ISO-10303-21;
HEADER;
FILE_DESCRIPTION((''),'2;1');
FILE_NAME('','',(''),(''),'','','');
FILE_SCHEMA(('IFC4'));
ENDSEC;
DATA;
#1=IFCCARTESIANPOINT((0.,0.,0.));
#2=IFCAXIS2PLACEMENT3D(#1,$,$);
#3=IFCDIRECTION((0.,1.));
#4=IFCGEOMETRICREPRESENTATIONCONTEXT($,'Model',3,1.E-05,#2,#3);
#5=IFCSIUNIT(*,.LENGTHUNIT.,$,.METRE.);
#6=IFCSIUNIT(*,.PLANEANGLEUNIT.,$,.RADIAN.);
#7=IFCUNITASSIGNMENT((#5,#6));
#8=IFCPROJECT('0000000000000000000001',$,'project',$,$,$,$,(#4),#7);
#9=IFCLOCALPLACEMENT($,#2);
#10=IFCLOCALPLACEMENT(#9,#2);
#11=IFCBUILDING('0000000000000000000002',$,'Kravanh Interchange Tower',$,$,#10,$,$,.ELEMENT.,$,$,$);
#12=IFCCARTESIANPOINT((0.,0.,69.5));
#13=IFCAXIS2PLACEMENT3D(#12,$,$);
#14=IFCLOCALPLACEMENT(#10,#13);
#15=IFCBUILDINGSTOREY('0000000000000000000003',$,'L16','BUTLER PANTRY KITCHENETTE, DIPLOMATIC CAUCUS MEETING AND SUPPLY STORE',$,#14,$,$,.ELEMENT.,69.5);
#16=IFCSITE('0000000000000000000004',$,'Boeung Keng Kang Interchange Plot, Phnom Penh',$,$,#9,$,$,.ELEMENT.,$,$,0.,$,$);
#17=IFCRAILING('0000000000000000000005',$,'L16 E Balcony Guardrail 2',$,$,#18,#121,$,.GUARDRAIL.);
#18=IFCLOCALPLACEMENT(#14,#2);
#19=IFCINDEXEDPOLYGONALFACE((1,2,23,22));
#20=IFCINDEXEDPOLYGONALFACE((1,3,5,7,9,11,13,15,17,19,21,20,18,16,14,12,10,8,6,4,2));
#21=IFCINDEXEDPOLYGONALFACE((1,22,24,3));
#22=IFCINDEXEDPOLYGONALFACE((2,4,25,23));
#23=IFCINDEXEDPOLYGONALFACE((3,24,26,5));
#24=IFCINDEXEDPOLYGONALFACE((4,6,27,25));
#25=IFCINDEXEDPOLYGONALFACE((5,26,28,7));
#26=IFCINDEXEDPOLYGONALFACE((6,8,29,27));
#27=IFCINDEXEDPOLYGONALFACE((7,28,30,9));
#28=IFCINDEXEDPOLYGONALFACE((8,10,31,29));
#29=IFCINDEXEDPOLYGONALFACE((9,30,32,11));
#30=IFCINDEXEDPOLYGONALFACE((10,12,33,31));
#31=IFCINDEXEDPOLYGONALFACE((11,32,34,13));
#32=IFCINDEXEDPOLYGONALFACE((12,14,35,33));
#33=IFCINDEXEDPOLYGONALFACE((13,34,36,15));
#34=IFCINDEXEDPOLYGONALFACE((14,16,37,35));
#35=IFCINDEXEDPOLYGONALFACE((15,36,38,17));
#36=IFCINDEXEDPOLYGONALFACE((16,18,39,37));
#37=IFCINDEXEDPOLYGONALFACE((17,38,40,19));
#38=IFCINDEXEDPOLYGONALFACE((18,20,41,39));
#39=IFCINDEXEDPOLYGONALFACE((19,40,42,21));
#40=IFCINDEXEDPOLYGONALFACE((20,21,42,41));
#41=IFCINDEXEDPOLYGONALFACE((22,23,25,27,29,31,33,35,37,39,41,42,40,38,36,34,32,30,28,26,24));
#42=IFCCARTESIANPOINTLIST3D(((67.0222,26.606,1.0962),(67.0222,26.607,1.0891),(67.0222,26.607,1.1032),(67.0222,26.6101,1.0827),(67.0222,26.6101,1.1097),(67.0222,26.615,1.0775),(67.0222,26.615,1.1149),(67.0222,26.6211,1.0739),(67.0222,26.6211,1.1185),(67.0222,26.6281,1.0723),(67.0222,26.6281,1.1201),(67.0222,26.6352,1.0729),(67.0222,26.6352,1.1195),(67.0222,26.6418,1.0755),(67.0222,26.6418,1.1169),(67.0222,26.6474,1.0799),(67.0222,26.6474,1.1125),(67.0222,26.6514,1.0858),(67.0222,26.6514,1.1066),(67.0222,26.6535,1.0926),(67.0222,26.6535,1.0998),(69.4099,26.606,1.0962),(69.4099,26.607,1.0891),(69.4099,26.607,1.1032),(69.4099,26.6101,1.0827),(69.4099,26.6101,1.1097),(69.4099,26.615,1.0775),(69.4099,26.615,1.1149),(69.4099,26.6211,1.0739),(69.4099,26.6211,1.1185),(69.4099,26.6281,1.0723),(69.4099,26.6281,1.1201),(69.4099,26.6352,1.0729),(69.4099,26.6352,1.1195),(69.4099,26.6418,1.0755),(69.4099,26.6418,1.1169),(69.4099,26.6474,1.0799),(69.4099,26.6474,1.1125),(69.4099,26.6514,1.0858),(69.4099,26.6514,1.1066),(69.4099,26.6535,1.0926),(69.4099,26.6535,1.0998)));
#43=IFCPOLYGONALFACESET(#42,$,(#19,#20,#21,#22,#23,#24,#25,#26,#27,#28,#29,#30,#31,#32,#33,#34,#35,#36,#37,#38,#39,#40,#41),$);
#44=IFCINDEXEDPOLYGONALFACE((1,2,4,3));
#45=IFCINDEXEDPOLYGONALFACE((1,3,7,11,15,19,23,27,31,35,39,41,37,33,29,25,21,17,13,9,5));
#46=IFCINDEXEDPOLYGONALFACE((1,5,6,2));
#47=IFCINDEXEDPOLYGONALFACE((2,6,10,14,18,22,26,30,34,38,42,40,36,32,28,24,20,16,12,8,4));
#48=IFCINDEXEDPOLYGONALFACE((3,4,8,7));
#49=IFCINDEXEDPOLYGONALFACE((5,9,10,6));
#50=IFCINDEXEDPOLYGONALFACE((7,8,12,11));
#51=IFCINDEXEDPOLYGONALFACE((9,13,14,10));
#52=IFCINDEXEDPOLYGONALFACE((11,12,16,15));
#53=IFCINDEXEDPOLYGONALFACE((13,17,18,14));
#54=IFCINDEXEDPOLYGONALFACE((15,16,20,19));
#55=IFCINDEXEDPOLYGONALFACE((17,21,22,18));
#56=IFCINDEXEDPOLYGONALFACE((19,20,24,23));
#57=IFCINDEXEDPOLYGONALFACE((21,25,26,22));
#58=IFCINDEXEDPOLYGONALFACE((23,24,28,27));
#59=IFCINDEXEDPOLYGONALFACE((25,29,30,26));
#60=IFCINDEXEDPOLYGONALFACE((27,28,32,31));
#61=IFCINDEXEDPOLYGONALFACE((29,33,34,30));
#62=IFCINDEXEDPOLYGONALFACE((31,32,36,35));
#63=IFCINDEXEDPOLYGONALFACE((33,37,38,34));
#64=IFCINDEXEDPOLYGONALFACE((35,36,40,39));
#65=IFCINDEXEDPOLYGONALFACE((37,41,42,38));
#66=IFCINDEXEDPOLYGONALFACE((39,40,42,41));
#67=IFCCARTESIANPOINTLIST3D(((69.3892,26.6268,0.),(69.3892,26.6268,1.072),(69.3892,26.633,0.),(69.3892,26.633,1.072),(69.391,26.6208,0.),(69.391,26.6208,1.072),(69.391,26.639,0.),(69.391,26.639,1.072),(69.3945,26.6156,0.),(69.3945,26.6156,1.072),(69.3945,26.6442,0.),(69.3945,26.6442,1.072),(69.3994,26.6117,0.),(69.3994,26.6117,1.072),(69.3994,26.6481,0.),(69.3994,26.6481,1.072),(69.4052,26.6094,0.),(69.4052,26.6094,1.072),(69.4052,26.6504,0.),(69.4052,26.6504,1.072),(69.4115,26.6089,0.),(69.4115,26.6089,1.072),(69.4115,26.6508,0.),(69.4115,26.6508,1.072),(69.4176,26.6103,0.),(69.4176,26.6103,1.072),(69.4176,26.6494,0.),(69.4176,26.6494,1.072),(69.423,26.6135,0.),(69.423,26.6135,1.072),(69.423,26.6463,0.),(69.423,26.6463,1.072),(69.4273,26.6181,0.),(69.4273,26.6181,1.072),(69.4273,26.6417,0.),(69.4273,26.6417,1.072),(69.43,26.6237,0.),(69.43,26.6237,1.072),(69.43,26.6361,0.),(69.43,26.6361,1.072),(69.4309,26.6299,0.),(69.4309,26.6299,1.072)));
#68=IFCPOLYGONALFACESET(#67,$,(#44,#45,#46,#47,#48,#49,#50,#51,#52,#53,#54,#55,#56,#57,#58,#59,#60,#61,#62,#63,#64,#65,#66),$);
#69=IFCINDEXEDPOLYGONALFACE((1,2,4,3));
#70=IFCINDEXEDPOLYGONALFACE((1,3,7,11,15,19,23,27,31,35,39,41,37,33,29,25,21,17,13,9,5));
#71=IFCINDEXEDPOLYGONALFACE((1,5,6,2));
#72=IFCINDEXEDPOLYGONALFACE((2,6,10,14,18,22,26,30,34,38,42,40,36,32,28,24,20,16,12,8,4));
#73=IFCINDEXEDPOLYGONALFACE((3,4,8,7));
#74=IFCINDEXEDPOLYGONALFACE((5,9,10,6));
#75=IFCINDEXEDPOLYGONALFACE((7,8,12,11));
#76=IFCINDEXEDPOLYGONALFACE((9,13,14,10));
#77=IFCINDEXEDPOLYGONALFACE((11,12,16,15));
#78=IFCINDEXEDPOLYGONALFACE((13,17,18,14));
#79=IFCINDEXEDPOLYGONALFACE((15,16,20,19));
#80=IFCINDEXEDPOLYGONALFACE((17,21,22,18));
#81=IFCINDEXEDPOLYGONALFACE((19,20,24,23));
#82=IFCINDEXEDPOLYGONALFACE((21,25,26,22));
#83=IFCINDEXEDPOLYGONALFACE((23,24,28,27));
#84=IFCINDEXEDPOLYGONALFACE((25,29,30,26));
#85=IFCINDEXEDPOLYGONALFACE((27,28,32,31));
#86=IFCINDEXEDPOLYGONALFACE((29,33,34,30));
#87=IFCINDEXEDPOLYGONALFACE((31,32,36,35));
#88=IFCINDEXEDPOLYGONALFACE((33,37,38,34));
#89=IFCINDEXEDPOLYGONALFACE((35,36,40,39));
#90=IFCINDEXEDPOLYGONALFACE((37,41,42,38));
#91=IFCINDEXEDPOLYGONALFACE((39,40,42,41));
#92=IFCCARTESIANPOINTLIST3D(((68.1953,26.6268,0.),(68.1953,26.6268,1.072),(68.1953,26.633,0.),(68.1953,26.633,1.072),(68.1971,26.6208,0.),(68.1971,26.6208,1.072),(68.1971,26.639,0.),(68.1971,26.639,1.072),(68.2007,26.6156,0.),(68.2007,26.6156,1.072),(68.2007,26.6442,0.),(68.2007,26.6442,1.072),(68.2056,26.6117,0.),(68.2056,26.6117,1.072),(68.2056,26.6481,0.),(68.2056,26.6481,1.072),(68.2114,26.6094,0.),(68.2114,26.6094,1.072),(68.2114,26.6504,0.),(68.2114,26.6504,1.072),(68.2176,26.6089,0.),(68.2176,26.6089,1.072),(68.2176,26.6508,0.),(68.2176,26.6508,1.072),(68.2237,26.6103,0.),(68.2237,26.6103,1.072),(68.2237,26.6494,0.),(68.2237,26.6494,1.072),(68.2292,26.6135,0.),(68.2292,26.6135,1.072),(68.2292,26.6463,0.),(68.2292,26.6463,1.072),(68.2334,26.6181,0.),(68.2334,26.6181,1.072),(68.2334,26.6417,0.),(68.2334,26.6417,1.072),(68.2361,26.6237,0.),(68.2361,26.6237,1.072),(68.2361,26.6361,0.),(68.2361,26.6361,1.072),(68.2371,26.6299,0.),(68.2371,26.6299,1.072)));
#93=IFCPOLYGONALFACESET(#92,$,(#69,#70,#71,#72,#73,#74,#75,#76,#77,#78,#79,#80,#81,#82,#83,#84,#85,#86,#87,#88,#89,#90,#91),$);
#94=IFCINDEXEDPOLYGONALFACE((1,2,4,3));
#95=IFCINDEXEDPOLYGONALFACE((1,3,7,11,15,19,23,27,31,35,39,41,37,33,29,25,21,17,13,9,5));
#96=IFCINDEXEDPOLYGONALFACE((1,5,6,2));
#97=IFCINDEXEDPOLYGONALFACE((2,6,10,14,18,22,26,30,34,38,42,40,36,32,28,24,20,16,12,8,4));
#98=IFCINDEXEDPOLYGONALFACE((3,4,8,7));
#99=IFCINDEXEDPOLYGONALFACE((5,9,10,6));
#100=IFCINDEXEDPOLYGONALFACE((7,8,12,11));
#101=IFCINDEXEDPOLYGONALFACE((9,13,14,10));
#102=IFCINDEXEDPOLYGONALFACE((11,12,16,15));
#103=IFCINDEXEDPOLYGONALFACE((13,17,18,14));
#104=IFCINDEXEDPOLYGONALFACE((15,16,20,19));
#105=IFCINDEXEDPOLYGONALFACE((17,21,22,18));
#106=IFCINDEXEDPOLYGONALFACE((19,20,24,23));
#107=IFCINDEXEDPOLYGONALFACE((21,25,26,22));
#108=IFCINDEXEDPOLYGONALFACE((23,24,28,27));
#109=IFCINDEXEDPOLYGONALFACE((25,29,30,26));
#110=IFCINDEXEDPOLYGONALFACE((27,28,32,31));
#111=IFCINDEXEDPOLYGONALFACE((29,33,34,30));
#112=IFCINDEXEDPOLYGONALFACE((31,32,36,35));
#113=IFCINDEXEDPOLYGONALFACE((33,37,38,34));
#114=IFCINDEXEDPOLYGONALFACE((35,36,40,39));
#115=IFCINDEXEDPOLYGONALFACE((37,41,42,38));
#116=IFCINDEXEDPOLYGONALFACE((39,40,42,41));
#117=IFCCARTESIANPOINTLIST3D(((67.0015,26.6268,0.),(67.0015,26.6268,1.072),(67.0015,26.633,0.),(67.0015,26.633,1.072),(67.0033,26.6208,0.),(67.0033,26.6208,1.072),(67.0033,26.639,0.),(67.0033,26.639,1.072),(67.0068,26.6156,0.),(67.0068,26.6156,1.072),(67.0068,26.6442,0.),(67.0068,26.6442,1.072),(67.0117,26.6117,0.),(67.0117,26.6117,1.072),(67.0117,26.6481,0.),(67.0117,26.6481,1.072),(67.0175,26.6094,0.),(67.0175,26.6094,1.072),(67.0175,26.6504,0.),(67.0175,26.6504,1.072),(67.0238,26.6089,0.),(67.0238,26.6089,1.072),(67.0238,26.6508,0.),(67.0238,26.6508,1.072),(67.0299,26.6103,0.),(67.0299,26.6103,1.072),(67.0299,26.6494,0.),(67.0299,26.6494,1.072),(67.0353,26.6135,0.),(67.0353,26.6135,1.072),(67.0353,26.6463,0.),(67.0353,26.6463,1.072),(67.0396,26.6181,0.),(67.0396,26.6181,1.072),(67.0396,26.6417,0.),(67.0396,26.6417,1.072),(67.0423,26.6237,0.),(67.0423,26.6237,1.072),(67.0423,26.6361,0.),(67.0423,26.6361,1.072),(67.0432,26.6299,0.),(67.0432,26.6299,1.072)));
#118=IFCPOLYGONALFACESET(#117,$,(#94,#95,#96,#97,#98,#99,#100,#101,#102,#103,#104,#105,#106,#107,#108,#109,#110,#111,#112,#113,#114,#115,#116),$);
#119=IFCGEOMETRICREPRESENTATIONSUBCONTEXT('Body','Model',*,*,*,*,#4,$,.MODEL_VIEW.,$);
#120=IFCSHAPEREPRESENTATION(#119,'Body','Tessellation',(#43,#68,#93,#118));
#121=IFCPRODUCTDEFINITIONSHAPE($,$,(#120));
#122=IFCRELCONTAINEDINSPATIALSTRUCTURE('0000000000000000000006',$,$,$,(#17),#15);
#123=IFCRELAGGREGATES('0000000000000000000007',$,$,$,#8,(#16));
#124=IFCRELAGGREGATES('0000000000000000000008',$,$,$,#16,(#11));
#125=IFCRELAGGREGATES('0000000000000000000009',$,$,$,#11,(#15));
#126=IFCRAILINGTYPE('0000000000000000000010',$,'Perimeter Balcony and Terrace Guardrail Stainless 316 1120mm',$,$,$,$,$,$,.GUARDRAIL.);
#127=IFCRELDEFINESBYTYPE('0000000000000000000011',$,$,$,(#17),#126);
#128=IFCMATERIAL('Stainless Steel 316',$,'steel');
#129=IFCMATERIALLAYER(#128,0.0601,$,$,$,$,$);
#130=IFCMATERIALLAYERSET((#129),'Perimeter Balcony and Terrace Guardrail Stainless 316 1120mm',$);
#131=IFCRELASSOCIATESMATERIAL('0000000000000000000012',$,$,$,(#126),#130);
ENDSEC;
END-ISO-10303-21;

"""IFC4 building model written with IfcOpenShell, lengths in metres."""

from ifc_helpers import new_model, si_unit, direction, frame, origin, origin_2d, place, context, subcontext, project, spatial, circle, extrude, material, layer, layer_set, type_object, element, save


model = new_model("IFC4")

# Units and contexts
model_context = context("Model", 3, precision=1e-05, world=origin(), true_north=direction((0.0, 1.0)))
body_context = subcontext(model_context, "Body", "Model", "MODEL_VIEW")
ifc_project = project(units=[si_unit("LENGTHUNIT", "METRE"), si_unit("PLANEANGLEUNIT", "RADIAN")], contexts=[model_context])

# Site, building, storey
site_placement = place(None, origin())
site = spatial("IfcSite", under=ifc_project, at=site_placement, Name="Boeung Keng Kang Interchange Plot, Phnom Penh", CompositionType="ELEMENT", RefElevation=0.0)
building_placement = place(site_placement, origin())
building = spatial("IfcBuilding", under=site, at=building_placement, Name="Kravanh Interchange Tower", CompositionType="ELEMENT")
storey_placement = place(building_placement, frame((0.0, 0.0, 69.5)))
storey = spatial("IfcBuildingStorey", under=building, at=storey_placement, Name="L16", Description="BUTLER PANTRY KITCHENETTE, DIPLOMATIC CAUCUS MEETING AND SUPPLY STORE", CompositionType="ELEMENT", Elevation=69.5)

# Railing
ifc_material_1 = material(Name="Stainless Steel 316", Category="steel")
ifc_layer_1 = layer(ifc_material_1, 0.0601)
ifc_layer_set_1 = layer_set([ifc_layer_1], Name="Perimeter Balcony and Terrace Guardrail Stainless 316 1120mm")
railing_type = type_object("IfcRailingType", Name="Perimeter Balcony and Terrace Guardrail Stainless 316 1120mm", PredefinedType="GUARDRAIL", material=ifc_layer_set_1)
railing_placement = place(storey_placement, frame((69.4099, 26.6299, 0.0)))
element("IfcRailing", 1, at=railing_placement, inside=storey, type_object=railing_type, Name="L16 E Balcony Guardrail 2", PredefinedType="GUARDRAIL", context=body_context, shape_type="SweptSolid", body=[
    extrude(circle(Radius=0.0239, at=origin_2d()), frame((0.0, 0.0, 1.0962), z_axis=(-1.0, 0.0, 0.0), x_axis=(0.0, -1.0, 0.0)), (0.0, 0.0, 1.0), 2.3877),
    extrude(circle(Radius=0.021, at=origin_2d()), origin(), (0.0, 0.0, 1.0), 1.072),
    extrude(circle(Radius=0.021, at=origin_2d()), frame((-1.1938, 0.0, 0.0)), (0.0, 0.0, 1.0), 1.072),
    extrude(circle(Radius=0.021, at=origin_2d()), frame((-2.3877, 0.0, 0.0)), (0.0, 0.0, 1.0), 1.072),
])

save(model, "model.ifc")
